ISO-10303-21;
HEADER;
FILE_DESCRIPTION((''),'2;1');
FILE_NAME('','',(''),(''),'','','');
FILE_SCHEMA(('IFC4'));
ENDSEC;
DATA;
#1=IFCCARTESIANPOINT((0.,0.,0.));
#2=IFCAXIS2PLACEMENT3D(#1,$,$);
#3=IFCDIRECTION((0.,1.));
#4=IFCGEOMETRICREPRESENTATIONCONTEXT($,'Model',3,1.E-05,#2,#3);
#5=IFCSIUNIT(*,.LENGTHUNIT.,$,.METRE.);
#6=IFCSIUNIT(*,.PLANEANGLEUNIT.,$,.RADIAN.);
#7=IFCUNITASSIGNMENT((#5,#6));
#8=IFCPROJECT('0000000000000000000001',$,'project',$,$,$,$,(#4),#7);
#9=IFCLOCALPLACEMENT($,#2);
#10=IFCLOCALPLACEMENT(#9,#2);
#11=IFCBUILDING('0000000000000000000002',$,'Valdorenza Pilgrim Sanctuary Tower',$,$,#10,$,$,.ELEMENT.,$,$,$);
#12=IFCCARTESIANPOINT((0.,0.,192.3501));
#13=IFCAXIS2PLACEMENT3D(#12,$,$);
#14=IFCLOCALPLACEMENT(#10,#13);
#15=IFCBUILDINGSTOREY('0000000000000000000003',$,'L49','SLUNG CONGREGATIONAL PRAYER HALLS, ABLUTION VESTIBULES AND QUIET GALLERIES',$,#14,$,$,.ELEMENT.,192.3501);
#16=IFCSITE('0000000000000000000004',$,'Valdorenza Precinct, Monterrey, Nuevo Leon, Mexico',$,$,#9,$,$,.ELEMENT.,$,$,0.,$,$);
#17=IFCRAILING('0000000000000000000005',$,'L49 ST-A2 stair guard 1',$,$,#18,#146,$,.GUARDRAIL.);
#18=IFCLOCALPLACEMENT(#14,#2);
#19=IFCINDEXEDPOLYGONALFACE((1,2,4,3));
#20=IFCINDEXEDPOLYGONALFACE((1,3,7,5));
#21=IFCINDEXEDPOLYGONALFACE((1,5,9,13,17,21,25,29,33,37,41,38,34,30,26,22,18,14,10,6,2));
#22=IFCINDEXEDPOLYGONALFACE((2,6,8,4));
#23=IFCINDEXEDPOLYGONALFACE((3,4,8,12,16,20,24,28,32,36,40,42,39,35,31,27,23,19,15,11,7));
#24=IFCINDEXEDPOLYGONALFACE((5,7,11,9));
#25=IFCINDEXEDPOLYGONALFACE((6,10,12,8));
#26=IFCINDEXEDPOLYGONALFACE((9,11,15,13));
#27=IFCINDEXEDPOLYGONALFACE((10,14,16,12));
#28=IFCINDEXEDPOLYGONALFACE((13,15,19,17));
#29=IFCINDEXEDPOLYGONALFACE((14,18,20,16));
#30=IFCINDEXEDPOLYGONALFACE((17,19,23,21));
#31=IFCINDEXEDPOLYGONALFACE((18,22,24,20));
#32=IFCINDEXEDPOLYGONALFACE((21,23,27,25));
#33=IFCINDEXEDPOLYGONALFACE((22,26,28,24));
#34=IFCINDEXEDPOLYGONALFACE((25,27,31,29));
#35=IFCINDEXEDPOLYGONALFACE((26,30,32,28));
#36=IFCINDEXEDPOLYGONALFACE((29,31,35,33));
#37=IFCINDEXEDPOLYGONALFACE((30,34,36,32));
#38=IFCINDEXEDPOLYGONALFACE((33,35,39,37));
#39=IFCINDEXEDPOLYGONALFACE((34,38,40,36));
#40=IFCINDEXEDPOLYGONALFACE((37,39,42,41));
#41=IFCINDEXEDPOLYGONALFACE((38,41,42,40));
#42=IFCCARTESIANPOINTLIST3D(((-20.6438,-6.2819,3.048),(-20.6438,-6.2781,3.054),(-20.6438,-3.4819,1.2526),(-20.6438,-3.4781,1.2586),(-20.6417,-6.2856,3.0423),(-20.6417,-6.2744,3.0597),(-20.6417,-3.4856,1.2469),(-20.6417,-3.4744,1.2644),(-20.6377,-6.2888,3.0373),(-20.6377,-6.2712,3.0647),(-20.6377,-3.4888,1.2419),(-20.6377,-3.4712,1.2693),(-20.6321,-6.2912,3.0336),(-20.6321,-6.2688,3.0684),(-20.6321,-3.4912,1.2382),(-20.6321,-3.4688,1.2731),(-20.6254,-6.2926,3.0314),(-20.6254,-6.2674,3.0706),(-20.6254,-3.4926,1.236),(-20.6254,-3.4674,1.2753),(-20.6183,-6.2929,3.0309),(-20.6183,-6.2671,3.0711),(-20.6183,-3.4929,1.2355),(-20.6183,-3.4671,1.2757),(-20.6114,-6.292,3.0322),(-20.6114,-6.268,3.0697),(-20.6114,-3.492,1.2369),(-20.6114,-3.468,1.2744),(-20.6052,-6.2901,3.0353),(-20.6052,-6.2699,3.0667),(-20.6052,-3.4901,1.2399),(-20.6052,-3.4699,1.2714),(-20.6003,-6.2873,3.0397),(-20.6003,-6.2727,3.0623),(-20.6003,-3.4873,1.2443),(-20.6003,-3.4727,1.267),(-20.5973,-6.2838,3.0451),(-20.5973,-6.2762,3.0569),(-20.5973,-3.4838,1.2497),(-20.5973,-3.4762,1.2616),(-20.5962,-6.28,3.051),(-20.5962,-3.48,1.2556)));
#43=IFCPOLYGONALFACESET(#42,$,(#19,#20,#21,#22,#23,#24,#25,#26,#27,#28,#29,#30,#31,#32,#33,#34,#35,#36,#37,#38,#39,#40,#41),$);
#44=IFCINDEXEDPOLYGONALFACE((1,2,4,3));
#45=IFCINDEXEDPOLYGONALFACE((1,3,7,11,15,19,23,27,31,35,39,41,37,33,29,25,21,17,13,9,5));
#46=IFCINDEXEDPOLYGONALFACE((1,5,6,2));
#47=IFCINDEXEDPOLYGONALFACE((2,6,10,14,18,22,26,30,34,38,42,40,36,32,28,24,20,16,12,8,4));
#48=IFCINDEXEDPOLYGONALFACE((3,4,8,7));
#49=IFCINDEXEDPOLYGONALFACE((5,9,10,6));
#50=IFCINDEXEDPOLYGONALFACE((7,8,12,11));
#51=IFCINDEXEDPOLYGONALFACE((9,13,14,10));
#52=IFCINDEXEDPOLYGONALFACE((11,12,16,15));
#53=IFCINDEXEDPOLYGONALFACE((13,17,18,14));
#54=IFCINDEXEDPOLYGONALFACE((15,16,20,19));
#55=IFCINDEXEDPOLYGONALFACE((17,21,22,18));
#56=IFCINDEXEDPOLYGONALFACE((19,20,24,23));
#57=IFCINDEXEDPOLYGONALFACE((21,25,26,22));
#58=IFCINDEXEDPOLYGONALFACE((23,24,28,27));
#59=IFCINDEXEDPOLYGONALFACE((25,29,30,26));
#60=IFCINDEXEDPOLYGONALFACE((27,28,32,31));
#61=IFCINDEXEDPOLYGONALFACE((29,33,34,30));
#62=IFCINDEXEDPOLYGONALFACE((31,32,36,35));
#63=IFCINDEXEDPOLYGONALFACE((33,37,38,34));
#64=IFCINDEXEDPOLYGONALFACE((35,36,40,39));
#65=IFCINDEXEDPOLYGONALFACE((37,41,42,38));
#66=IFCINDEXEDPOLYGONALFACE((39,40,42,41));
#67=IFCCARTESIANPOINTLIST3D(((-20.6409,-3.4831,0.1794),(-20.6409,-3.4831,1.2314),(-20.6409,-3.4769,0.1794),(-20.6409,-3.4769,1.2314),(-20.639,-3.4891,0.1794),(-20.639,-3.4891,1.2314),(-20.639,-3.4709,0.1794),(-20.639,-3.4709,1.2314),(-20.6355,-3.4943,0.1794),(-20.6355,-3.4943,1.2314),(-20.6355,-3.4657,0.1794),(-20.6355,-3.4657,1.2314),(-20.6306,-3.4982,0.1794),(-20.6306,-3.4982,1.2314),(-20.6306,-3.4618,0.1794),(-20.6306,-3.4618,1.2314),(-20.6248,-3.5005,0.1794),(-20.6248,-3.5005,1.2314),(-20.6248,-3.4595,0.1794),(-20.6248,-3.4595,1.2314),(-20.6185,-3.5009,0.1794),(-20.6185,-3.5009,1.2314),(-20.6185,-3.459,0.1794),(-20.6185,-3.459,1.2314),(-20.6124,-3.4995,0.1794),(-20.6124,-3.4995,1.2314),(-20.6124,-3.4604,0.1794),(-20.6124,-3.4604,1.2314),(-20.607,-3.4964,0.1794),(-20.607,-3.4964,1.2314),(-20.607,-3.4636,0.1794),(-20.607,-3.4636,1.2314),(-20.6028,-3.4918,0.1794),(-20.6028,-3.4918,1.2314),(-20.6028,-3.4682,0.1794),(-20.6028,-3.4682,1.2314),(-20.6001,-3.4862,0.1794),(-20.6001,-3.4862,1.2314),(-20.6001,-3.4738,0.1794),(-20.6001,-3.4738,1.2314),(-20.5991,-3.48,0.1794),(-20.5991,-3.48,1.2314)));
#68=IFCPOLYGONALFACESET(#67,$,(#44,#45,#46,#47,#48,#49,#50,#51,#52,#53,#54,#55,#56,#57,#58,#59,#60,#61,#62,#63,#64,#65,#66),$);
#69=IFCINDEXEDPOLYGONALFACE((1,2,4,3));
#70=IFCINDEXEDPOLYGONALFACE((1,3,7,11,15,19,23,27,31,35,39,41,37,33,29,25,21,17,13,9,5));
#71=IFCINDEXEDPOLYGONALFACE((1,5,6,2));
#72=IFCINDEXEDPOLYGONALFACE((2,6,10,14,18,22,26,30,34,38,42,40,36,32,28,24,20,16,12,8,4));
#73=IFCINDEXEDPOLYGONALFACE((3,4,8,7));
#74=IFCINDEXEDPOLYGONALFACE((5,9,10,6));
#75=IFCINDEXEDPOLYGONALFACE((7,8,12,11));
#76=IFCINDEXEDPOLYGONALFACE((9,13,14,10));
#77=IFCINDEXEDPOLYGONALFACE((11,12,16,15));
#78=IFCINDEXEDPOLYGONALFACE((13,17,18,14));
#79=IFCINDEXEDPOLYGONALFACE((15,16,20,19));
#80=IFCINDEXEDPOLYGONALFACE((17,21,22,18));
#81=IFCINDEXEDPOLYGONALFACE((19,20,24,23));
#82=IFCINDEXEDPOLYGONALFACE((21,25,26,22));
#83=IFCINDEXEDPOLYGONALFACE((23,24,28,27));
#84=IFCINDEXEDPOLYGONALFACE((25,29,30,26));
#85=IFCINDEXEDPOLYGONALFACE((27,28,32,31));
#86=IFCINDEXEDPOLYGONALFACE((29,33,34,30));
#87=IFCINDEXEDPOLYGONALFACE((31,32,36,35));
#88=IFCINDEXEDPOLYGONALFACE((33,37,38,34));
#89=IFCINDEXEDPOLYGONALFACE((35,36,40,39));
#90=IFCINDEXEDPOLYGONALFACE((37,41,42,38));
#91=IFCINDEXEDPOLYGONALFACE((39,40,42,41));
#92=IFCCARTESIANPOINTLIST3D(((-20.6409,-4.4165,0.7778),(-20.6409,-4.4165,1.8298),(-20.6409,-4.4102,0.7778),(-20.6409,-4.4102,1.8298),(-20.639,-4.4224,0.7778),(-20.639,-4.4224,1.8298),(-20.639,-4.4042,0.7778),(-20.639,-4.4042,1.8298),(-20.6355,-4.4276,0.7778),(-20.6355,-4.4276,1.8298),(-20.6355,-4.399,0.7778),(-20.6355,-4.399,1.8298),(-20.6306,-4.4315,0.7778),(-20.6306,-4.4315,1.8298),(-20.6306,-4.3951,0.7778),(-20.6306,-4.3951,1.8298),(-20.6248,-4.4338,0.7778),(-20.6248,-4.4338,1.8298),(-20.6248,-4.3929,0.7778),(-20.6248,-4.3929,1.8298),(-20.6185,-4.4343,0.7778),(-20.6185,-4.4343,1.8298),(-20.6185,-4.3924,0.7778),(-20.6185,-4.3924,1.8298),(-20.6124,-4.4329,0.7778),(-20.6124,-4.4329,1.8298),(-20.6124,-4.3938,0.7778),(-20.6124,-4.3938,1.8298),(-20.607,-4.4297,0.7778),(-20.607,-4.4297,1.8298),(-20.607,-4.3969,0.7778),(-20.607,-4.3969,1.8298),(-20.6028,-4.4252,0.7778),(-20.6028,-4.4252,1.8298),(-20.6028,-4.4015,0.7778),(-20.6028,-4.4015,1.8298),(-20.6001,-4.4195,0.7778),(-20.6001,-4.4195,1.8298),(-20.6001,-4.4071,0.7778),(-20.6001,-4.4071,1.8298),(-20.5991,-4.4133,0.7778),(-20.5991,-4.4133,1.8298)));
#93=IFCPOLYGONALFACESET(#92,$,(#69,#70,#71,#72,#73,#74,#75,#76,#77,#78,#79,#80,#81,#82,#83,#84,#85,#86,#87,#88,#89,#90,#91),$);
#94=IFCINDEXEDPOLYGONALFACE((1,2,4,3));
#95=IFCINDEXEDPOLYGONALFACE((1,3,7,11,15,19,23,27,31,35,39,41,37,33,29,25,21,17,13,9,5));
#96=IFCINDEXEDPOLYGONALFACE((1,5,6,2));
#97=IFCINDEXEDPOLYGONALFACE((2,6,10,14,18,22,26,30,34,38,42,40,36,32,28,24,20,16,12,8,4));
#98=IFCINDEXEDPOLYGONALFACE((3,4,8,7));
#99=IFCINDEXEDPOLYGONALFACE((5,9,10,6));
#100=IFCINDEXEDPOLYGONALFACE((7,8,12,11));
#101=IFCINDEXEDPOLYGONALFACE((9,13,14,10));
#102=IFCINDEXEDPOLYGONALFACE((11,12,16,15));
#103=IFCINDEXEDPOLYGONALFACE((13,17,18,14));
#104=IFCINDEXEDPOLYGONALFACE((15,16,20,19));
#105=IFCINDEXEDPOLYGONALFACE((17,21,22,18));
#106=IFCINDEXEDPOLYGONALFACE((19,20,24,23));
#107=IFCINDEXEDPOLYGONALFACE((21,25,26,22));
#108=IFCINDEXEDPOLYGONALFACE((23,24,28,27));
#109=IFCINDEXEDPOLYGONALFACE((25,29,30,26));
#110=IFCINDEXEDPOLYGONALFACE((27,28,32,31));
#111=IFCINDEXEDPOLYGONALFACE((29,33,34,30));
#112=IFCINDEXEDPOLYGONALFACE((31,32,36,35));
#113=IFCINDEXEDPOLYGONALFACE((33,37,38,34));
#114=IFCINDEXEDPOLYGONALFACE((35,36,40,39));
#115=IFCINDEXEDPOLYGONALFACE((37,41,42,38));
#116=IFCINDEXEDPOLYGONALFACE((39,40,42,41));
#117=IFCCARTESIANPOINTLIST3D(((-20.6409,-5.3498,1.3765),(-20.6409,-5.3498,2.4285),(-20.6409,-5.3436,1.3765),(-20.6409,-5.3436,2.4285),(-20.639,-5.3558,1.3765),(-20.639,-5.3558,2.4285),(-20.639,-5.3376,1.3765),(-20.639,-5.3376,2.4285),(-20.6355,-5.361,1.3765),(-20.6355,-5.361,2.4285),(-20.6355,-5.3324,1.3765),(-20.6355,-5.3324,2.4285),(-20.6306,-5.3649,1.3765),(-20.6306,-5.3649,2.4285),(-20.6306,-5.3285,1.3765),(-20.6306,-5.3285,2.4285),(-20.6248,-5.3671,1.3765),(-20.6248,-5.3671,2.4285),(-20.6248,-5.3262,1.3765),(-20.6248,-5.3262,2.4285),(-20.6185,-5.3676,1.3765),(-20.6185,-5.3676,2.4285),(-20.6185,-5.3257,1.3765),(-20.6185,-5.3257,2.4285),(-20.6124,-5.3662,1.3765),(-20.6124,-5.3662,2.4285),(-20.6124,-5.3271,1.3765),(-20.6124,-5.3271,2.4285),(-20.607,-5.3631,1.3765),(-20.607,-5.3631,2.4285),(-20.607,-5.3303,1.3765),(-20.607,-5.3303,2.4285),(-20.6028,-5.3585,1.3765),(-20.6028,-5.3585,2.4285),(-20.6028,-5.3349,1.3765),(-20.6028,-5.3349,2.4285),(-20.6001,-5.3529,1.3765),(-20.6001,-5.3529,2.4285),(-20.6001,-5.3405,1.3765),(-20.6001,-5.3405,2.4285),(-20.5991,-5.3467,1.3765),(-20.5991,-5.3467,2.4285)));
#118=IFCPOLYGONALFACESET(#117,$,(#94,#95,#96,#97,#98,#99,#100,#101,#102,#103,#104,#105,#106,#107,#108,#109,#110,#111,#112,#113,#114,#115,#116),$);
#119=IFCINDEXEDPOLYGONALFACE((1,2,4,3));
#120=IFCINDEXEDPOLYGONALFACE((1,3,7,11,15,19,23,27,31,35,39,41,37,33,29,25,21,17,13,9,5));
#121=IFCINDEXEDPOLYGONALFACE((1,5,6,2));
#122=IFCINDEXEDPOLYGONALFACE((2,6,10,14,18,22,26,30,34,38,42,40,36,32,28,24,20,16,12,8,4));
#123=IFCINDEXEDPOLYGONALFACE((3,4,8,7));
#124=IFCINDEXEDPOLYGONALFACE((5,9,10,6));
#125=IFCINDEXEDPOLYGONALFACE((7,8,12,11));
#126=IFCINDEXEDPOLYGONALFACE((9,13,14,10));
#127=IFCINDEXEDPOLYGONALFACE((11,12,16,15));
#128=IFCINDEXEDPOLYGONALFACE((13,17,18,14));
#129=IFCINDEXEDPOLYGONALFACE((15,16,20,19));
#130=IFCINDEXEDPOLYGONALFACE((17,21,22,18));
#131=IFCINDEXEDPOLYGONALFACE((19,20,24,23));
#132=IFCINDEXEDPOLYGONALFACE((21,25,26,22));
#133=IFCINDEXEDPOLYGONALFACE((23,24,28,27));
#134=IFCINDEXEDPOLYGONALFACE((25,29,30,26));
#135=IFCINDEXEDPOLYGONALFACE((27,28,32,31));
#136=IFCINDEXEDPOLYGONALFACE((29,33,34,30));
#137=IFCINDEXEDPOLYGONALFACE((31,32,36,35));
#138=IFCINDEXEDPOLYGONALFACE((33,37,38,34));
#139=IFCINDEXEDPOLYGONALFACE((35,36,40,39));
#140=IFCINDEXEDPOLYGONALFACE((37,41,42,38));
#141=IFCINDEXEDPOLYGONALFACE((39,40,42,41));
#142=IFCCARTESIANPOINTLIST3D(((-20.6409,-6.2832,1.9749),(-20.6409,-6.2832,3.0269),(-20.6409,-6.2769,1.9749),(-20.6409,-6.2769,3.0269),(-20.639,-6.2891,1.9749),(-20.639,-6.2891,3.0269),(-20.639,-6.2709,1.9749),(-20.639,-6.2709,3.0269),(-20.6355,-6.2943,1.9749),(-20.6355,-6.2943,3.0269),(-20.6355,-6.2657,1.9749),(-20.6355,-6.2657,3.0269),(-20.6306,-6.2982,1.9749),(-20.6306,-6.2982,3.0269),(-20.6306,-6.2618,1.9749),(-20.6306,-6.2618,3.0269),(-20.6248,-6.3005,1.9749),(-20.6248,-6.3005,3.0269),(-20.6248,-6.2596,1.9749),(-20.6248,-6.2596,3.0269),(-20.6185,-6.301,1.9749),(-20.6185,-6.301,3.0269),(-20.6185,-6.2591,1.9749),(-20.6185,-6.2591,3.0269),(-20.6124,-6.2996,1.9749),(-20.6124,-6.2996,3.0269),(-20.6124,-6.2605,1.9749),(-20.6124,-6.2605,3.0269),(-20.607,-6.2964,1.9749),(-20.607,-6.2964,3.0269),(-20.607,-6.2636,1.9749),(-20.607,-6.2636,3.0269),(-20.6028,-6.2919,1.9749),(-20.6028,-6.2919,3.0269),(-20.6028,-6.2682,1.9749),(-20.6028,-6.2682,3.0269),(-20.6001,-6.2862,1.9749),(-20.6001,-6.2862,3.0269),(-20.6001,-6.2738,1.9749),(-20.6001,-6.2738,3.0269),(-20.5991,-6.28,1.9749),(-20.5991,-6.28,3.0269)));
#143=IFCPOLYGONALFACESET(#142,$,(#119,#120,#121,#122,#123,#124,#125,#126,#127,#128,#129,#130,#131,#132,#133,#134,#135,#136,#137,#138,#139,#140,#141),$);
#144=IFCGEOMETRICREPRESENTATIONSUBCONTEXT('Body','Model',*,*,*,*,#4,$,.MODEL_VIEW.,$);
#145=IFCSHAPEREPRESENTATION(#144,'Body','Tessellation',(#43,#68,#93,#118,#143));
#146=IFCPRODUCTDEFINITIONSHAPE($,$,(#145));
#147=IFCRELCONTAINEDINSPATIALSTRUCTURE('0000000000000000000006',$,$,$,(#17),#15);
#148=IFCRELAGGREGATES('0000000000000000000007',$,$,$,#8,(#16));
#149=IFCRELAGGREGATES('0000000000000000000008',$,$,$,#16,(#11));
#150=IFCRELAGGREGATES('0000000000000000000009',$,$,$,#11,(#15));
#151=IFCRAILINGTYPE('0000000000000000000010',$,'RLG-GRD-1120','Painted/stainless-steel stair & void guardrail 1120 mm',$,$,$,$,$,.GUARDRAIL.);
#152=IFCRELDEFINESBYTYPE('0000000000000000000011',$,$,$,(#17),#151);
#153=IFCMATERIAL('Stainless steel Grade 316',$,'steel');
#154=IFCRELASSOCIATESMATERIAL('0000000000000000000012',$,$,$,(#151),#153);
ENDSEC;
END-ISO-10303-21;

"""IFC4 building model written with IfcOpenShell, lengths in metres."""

from ifc_helpers import new_model, si_unit, direction, frame, origin, origin_2d, place, context, subcontext, project, spatial, circle, extrude, material, type_object, element, save


model = new_model("IFC4")

# Units and contexts
model_context = context("Model", 3, precision=1e-05, world=origin(), true_north=direction((0.0, 1.0)))
body_context = subcontext(model_context, "Body", "Model", "MODEL_VIEW")
ifc_project = project(units=[si_unit("LENGTHUNIT", "METRE"), si_unit("PLANEANGLEUNIT", "RADIAN")], contexts=[model_context])

# Site, building, storey
site_placement = place(None, origin())
site = spatial("IfcSite", under=ifc_project, at=site_placement, Name="Valdorenza Precinct, Monterrey, Nuevo Leon, Mexico", CompositionType="ELEMENT", RefElevation=0.0)
building_placement = place(site_placement, origin())
building = spatial("IfcBuilding", under=site, at=building_placement, Name="Valdorenza Pilgrim Sanctuary Tower", CompositionType="ELEMENT")
storey_placement = place(building_placement, frame((0.0, 0.0, 192.3501)))
storey = spatial("IfcBuildingStorey", under=building, at=storey_placement, Name="L49", Description="SLUNG CONGREGATIONAL PRAYER HALLS, ABLUTION VESTIBULES AND QUIET GALLERIES", CompositionType="ELEMENT", Elevation=192.3501)

# Railing
ifc_material_1 = material(Name="Stainless steel Grade 316", Category="steel")
railing_type_1 = type_object("IfcRailingType", Name="RLG-GRD-1120", Description="Painted/stainless-steel stair & void guardrail 1120 mm", PredefinedType="GUARDRAIL", material=ifc_material_1)
railing_1_placement = place(storey_placement, frame((-20.6201, -3.48, 0.1794)))
element("IfcRailing", 1, at=railing_1_placement, inside=storey, type_object=railing_type_1, Name="L49 ST-A2 stair guard 1", PredefinedType="GUARDRAIL", context=body_context, shape_type="SweptSolid", body=[
    extrude(circle(Radius=0.0239, at=origin_2d()), frame((0.0, 0.0, 1.0762), z_axis=(0.0, -0.84181, 0.539774), x_axis=(1.0, 0.0, 0.0)), (0.0, 0.0, 1.0), 3.3262),
    extrude(circle(Radius=0.021, at=origin_2d()), origin(), (0.0, 0.0, 1.0), 1.052),
    extrude(circle(Radius=0.021, at=origin_2d()), frame((0.0, -0.9333, 0.5984)), (0.0, 0.0, 1.0), 1.052),
    extrude(circle(Radius=0.021, at=origin_2d()), frame((0.0, -1.8667, 1.197)), (0.0, 0.0, 1.0), 1.052),
    extrude(circle(Radius=0.021, at=origin_2d()), frame((0.0, -2.8, 1.7954)), (0.0, 0.0, 1.0), 1.052),
])

save(model, "model.ifc")
